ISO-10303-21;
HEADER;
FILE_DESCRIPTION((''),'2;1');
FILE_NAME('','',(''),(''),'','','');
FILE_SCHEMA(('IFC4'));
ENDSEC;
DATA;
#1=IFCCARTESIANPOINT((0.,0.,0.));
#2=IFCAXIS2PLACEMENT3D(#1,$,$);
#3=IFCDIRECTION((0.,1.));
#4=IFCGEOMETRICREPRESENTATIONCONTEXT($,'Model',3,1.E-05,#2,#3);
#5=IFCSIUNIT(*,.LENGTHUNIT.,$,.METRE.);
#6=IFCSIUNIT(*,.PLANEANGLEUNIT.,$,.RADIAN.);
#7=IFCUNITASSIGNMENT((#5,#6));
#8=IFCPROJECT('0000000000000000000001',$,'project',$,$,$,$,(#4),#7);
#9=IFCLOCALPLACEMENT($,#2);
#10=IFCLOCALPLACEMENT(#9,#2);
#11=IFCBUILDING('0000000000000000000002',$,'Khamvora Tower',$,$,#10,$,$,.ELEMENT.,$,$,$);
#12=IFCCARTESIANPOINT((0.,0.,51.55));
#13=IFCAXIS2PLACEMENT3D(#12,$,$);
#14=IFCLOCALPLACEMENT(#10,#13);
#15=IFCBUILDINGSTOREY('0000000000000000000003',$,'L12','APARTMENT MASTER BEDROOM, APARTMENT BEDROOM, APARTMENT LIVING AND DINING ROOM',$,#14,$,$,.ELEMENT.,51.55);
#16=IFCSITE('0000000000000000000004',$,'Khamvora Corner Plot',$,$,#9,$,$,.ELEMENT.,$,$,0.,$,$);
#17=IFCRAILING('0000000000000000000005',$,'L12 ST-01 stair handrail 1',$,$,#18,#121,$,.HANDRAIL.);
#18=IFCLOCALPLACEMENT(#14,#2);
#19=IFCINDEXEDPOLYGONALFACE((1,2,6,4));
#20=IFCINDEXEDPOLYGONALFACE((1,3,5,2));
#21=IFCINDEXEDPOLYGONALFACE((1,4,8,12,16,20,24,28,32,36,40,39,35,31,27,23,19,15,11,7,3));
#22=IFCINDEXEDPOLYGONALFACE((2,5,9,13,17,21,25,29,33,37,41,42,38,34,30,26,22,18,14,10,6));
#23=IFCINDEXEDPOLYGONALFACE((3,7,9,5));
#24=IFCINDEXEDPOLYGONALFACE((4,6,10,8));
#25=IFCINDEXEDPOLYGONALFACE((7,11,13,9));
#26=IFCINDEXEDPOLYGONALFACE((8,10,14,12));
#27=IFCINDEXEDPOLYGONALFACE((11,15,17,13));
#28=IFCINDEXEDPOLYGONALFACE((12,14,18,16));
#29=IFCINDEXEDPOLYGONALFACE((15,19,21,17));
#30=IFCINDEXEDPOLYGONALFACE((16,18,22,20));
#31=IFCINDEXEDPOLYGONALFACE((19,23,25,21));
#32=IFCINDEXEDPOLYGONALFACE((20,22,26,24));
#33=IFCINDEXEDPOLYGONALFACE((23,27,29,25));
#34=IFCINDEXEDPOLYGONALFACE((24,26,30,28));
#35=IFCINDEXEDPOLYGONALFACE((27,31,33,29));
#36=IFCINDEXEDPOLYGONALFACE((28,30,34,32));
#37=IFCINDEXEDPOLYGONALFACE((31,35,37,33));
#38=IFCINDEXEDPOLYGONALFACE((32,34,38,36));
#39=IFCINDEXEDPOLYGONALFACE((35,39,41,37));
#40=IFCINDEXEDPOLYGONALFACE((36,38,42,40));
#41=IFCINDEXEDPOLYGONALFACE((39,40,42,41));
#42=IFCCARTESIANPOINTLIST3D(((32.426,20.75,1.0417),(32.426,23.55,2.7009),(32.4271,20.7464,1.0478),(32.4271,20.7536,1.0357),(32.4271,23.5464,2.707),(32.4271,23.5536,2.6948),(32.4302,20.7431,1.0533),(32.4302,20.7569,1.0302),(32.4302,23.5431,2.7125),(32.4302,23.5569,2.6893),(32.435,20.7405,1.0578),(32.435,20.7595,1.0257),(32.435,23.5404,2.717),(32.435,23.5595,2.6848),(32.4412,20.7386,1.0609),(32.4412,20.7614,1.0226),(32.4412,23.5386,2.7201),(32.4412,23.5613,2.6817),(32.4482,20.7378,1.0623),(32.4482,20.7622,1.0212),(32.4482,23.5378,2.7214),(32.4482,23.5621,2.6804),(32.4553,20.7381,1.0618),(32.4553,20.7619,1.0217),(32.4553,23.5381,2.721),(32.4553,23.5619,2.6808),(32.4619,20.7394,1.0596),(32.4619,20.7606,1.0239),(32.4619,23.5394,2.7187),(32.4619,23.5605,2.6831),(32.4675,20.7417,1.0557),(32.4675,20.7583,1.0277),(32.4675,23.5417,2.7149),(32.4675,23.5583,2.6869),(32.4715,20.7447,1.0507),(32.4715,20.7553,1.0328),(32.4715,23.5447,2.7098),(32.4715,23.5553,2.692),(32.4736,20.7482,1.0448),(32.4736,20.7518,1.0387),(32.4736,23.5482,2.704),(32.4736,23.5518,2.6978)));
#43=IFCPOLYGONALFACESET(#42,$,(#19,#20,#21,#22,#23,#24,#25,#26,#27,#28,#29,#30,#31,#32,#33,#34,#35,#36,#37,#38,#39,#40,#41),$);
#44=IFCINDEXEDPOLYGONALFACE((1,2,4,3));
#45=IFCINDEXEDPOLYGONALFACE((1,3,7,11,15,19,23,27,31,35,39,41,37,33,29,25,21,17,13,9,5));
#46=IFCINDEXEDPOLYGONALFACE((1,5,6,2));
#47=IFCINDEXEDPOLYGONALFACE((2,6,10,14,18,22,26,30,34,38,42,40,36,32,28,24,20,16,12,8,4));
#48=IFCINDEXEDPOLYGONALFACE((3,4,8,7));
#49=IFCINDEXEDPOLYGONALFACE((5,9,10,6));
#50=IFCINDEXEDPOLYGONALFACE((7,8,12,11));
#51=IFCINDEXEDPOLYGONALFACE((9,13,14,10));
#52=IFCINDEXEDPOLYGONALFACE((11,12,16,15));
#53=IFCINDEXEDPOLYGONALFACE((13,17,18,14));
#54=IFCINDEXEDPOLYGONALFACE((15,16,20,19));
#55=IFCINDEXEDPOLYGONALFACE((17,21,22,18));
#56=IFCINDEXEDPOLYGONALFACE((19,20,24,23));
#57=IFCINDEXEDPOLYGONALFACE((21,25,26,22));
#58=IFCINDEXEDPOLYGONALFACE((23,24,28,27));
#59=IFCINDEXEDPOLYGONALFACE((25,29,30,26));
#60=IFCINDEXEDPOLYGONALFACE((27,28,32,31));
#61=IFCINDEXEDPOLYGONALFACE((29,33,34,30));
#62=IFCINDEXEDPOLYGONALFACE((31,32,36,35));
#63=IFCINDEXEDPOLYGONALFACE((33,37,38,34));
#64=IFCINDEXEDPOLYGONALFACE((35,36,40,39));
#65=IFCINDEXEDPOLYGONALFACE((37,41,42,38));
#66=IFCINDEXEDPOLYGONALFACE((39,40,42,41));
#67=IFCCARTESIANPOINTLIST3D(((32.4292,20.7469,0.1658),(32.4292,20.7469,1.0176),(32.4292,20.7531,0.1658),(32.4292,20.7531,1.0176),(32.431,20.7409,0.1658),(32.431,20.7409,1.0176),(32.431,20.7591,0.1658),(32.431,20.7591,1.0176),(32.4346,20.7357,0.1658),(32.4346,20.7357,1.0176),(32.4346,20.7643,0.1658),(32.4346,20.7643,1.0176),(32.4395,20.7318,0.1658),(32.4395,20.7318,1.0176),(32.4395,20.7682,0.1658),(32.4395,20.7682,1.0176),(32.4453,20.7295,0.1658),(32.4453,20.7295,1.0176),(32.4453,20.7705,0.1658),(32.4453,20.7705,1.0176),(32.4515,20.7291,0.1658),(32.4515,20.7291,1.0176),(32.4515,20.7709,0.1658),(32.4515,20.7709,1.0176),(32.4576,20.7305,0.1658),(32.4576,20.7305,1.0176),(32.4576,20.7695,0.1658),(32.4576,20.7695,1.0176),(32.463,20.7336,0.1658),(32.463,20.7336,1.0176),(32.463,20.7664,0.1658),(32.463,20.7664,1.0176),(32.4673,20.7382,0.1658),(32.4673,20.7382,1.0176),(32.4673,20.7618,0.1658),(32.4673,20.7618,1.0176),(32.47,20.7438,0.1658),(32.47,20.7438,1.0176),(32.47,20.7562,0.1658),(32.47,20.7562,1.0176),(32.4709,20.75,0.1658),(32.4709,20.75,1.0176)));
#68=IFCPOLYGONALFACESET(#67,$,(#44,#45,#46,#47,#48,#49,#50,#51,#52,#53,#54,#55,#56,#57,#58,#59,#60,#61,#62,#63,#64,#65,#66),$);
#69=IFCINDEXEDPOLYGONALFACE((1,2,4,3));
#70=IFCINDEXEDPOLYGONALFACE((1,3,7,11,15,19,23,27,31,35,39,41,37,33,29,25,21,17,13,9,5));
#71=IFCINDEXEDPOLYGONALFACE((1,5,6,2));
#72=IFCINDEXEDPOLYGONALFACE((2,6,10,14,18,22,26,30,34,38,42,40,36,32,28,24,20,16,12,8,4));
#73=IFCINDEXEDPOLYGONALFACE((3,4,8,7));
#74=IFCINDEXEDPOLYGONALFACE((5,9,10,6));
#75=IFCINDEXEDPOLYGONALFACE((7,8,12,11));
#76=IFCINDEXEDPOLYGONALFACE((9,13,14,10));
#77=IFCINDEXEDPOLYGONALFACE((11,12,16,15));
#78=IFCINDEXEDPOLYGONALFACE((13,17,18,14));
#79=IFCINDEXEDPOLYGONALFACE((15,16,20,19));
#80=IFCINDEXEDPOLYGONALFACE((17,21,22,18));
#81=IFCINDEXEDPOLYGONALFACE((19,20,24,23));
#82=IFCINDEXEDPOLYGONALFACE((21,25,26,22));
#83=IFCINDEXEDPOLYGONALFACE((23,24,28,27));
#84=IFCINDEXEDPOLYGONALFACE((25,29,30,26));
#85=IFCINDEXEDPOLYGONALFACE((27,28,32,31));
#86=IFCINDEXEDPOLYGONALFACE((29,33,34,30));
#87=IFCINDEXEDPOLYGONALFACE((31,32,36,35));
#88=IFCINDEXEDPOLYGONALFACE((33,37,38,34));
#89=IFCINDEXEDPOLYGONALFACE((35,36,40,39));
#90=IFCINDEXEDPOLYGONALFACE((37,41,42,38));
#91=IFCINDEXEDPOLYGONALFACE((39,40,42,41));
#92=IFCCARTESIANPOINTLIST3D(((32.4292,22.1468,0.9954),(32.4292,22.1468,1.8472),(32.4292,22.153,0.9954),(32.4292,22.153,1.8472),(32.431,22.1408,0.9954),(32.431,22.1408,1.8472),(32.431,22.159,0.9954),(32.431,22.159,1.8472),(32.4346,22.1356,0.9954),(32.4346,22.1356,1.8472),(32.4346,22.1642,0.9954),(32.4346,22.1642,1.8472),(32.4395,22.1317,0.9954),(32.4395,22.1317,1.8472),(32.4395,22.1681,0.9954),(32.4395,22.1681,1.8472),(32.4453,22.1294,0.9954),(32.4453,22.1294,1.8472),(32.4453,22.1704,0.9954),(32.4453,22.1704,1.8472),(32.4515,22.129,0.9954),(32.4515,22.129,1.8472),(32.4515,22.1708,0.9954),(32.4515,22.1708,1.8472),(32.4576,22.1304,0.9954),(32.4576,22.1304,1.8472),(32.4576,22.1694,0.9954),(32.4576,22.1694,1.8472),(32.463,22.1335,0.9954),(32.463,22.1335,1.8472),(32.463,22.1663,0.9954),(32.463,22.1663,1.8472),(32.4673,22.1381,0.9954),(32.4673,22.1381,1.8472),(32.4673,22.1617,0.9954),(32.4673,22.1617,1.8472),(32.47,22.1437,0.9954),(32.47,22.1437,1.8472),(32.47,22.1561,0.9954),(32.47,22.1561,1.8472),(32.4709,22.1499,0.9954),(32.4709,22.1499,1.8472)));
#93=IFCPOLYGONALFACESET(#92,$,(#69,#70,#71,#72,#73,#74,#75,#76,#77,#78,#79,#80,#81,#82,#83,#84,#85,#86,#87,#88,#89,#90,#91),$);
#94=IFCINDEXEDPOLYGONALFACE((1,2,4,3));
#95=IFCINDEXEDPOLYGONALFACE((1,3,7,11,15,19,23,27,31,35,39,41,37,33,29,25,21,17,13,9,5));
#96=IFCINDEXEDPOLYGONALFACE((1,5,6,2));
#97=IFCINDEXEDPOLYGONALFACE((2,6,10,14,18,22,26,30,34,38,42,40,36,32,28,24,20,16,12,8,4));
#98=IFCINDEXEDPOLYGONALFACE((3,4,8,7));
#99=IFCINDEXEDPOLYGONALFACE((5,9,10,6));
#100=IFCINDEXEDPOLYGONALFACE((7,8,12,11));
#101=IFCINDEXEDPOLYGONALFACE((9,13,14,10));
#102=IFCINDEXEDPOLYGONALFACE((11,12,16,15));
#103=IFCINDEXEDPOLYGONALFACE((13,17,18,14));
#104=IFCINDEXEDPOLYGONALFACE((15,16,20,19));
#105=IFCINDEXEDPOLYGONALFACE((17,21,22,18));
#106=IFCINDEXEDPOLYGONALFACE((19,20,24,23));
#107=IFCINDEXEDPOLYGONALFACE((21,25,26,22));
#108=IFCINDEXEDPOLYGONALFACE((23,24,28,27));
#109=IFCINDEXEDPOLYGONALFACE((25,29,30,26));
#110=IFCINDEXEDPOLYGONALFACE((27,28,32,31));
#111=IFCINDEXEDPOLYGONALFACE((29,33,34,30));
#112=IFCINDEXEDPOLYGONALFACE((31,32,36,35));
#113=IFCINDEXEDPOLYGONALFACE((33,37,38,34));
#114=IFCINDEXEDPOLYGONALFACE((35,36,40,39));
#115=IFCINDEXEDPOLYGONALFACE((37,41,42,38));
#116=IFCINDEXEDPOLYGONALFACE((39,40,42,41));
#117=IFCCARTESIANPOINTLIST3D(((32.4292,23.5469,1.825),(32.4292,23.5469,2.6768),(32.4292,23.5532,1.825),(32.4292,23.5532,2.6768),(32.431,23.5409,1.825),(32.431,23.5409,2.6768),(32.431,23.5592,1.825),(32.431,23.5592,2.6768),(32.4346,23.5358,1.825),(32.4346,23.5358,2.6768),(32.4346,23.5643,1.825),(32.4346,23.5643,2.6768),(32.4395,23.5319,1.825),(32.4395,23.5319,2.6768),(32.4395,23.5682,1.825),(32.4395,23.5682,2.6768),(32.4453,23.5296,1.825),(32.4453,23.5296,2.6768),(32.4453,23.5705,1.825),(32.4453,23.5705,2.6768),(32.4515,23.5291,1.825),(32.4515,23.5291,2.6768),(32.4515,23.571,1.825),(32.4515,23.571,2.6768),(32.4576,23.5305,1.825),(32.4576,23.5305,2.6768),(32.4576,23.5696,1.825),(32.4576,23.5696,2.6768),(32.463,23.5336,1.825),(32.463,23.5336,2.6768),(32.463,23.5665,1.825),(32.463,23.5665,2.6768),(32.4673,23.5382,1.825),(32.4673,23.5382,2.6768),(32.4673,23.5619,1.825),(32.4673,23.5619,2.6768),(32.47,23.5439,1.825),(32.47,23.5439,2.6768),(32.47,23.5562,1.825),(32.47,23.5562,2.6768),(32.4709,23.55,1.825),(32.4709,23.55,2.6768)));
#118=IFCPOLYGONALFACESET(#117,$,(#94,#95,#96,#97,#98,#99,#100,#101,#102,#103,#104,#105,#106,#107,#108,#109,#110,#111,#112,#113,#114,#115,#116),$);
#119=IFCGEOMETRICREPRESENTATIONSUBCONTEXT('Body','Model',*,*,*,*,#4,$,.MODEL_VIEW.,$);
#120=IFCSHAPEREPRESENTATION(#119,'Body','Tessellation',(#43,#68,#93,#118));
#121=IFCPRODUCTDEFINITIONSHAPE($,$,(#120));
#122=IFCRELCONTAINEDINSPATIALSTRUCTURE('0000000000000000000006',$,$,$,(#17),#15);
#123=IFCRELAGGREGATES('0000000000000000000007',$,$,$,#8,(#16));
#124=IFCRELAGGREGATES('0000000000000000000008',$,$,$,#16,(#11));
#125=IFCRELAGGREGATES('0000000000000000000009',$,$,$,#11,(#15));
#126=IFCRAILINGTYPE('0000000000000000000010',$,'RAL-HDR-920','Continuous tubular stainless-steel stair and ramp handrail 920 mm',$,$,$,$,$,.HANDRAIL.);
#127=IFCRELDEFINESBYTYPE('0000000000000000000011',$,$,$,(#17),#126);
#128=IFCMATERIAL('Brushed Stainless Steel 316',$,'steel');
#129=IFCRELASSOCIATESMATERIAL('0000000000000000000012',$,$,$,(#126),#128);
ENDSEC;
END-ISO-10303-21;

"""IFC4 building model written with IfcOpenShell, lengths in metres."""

from ifc_helpers import new_model, si_unit, direction, frame, origin, origin_2d, place, context, subcontext, project, spatial, circle, extrude, material, type_object, element, save


model = new_model("IFC4")

# Units and contexts
model_context = context("Model", 3, precision=1e-05, world=origin(), true_north=direction((0.0, 1.0)))
body_context = subcontext(model_context, "Body", "Model", "MODEL_VIEW")
ifc_project = project(units=[si_unit("LENGTHUNIT", "METRE"), si_unit("PLANEANGLEUNIT", "RADIAN")], contexts=[model_context])

# Site, building, storey
site_placement = place(None, origin())
site = spatial("IfcSite", under=ifc_project, at=site_placement, Name="Khamvora Corner Plot", CompositionType="ELEMENT", RefElevation=0.0)
building_placement = place(site_placement, origin())
building = spatial("IfcBuilding", under=site, at=building_placement, Name="Khamvora Tower", CompositionType="ELEMENT")
storey_placement = place(building_placement, frame((0.0, 0.0, 51.55)))
storey = spatial("IfcBuildingStorey", under=building, at=storey_placement, Name="L12", Description="APARTMENT MASTER BEDROOM, APARTMENT BEDROOM, APARTMENT LIVING AND DINING ROOM", CompositionType="ELEMENT", Elevation=51.55)

# Railing
ifc_material_1 = material(Name="Brushed Stainless Steel 316", Category="steel")
railing_type_1 = type_object("IfcRailingType", Name="RAL-HDR-920", Description="Continuous tubular stainless-steel stair and ramp handrail 920 mm", PredefinedType="HANDRAIL", material=ifc_material_1)
railing_1_placement = place(storey_placement, frame((32.45, 20.75, 0.1658)))
element("IfcRailing", 1, at=railing_1_placement, inside=storey, type_object=railing_type_1, Name="L12 ST-01 stair handrail 1", PredefinedType="HANDRAIL", context=body_context, shape_type="SweptSolid", body=[
    extrude(circle(Radius=0.0239, at=origin_2d()), frame((0.0, 0.0, 0.876), z_axis=(0.0, 0.860306, 0.509778), x_axis=(-1.0, 0.0, 0.0)), (0.0, 0.0, 1.0), 3.2546),
    extrude(circle(Radius=0.021, at=origin_2d()), origin(), (0.0, 0.0, 1.0), 0.8518),
    extrude(circle(Radius=0.021, at=origin_2d()), frame((0.0, 1.3999, 0.8296)), (0.0, 0.0, 1.0), 0.8518),
    extrude(circle(Radius=0.021, at=origin_2d()), frame((0.0, 2.8, 1.6592)), (0.0, 0.0, 1.0), 0.8518),
])

save(model, "model.ifc")
